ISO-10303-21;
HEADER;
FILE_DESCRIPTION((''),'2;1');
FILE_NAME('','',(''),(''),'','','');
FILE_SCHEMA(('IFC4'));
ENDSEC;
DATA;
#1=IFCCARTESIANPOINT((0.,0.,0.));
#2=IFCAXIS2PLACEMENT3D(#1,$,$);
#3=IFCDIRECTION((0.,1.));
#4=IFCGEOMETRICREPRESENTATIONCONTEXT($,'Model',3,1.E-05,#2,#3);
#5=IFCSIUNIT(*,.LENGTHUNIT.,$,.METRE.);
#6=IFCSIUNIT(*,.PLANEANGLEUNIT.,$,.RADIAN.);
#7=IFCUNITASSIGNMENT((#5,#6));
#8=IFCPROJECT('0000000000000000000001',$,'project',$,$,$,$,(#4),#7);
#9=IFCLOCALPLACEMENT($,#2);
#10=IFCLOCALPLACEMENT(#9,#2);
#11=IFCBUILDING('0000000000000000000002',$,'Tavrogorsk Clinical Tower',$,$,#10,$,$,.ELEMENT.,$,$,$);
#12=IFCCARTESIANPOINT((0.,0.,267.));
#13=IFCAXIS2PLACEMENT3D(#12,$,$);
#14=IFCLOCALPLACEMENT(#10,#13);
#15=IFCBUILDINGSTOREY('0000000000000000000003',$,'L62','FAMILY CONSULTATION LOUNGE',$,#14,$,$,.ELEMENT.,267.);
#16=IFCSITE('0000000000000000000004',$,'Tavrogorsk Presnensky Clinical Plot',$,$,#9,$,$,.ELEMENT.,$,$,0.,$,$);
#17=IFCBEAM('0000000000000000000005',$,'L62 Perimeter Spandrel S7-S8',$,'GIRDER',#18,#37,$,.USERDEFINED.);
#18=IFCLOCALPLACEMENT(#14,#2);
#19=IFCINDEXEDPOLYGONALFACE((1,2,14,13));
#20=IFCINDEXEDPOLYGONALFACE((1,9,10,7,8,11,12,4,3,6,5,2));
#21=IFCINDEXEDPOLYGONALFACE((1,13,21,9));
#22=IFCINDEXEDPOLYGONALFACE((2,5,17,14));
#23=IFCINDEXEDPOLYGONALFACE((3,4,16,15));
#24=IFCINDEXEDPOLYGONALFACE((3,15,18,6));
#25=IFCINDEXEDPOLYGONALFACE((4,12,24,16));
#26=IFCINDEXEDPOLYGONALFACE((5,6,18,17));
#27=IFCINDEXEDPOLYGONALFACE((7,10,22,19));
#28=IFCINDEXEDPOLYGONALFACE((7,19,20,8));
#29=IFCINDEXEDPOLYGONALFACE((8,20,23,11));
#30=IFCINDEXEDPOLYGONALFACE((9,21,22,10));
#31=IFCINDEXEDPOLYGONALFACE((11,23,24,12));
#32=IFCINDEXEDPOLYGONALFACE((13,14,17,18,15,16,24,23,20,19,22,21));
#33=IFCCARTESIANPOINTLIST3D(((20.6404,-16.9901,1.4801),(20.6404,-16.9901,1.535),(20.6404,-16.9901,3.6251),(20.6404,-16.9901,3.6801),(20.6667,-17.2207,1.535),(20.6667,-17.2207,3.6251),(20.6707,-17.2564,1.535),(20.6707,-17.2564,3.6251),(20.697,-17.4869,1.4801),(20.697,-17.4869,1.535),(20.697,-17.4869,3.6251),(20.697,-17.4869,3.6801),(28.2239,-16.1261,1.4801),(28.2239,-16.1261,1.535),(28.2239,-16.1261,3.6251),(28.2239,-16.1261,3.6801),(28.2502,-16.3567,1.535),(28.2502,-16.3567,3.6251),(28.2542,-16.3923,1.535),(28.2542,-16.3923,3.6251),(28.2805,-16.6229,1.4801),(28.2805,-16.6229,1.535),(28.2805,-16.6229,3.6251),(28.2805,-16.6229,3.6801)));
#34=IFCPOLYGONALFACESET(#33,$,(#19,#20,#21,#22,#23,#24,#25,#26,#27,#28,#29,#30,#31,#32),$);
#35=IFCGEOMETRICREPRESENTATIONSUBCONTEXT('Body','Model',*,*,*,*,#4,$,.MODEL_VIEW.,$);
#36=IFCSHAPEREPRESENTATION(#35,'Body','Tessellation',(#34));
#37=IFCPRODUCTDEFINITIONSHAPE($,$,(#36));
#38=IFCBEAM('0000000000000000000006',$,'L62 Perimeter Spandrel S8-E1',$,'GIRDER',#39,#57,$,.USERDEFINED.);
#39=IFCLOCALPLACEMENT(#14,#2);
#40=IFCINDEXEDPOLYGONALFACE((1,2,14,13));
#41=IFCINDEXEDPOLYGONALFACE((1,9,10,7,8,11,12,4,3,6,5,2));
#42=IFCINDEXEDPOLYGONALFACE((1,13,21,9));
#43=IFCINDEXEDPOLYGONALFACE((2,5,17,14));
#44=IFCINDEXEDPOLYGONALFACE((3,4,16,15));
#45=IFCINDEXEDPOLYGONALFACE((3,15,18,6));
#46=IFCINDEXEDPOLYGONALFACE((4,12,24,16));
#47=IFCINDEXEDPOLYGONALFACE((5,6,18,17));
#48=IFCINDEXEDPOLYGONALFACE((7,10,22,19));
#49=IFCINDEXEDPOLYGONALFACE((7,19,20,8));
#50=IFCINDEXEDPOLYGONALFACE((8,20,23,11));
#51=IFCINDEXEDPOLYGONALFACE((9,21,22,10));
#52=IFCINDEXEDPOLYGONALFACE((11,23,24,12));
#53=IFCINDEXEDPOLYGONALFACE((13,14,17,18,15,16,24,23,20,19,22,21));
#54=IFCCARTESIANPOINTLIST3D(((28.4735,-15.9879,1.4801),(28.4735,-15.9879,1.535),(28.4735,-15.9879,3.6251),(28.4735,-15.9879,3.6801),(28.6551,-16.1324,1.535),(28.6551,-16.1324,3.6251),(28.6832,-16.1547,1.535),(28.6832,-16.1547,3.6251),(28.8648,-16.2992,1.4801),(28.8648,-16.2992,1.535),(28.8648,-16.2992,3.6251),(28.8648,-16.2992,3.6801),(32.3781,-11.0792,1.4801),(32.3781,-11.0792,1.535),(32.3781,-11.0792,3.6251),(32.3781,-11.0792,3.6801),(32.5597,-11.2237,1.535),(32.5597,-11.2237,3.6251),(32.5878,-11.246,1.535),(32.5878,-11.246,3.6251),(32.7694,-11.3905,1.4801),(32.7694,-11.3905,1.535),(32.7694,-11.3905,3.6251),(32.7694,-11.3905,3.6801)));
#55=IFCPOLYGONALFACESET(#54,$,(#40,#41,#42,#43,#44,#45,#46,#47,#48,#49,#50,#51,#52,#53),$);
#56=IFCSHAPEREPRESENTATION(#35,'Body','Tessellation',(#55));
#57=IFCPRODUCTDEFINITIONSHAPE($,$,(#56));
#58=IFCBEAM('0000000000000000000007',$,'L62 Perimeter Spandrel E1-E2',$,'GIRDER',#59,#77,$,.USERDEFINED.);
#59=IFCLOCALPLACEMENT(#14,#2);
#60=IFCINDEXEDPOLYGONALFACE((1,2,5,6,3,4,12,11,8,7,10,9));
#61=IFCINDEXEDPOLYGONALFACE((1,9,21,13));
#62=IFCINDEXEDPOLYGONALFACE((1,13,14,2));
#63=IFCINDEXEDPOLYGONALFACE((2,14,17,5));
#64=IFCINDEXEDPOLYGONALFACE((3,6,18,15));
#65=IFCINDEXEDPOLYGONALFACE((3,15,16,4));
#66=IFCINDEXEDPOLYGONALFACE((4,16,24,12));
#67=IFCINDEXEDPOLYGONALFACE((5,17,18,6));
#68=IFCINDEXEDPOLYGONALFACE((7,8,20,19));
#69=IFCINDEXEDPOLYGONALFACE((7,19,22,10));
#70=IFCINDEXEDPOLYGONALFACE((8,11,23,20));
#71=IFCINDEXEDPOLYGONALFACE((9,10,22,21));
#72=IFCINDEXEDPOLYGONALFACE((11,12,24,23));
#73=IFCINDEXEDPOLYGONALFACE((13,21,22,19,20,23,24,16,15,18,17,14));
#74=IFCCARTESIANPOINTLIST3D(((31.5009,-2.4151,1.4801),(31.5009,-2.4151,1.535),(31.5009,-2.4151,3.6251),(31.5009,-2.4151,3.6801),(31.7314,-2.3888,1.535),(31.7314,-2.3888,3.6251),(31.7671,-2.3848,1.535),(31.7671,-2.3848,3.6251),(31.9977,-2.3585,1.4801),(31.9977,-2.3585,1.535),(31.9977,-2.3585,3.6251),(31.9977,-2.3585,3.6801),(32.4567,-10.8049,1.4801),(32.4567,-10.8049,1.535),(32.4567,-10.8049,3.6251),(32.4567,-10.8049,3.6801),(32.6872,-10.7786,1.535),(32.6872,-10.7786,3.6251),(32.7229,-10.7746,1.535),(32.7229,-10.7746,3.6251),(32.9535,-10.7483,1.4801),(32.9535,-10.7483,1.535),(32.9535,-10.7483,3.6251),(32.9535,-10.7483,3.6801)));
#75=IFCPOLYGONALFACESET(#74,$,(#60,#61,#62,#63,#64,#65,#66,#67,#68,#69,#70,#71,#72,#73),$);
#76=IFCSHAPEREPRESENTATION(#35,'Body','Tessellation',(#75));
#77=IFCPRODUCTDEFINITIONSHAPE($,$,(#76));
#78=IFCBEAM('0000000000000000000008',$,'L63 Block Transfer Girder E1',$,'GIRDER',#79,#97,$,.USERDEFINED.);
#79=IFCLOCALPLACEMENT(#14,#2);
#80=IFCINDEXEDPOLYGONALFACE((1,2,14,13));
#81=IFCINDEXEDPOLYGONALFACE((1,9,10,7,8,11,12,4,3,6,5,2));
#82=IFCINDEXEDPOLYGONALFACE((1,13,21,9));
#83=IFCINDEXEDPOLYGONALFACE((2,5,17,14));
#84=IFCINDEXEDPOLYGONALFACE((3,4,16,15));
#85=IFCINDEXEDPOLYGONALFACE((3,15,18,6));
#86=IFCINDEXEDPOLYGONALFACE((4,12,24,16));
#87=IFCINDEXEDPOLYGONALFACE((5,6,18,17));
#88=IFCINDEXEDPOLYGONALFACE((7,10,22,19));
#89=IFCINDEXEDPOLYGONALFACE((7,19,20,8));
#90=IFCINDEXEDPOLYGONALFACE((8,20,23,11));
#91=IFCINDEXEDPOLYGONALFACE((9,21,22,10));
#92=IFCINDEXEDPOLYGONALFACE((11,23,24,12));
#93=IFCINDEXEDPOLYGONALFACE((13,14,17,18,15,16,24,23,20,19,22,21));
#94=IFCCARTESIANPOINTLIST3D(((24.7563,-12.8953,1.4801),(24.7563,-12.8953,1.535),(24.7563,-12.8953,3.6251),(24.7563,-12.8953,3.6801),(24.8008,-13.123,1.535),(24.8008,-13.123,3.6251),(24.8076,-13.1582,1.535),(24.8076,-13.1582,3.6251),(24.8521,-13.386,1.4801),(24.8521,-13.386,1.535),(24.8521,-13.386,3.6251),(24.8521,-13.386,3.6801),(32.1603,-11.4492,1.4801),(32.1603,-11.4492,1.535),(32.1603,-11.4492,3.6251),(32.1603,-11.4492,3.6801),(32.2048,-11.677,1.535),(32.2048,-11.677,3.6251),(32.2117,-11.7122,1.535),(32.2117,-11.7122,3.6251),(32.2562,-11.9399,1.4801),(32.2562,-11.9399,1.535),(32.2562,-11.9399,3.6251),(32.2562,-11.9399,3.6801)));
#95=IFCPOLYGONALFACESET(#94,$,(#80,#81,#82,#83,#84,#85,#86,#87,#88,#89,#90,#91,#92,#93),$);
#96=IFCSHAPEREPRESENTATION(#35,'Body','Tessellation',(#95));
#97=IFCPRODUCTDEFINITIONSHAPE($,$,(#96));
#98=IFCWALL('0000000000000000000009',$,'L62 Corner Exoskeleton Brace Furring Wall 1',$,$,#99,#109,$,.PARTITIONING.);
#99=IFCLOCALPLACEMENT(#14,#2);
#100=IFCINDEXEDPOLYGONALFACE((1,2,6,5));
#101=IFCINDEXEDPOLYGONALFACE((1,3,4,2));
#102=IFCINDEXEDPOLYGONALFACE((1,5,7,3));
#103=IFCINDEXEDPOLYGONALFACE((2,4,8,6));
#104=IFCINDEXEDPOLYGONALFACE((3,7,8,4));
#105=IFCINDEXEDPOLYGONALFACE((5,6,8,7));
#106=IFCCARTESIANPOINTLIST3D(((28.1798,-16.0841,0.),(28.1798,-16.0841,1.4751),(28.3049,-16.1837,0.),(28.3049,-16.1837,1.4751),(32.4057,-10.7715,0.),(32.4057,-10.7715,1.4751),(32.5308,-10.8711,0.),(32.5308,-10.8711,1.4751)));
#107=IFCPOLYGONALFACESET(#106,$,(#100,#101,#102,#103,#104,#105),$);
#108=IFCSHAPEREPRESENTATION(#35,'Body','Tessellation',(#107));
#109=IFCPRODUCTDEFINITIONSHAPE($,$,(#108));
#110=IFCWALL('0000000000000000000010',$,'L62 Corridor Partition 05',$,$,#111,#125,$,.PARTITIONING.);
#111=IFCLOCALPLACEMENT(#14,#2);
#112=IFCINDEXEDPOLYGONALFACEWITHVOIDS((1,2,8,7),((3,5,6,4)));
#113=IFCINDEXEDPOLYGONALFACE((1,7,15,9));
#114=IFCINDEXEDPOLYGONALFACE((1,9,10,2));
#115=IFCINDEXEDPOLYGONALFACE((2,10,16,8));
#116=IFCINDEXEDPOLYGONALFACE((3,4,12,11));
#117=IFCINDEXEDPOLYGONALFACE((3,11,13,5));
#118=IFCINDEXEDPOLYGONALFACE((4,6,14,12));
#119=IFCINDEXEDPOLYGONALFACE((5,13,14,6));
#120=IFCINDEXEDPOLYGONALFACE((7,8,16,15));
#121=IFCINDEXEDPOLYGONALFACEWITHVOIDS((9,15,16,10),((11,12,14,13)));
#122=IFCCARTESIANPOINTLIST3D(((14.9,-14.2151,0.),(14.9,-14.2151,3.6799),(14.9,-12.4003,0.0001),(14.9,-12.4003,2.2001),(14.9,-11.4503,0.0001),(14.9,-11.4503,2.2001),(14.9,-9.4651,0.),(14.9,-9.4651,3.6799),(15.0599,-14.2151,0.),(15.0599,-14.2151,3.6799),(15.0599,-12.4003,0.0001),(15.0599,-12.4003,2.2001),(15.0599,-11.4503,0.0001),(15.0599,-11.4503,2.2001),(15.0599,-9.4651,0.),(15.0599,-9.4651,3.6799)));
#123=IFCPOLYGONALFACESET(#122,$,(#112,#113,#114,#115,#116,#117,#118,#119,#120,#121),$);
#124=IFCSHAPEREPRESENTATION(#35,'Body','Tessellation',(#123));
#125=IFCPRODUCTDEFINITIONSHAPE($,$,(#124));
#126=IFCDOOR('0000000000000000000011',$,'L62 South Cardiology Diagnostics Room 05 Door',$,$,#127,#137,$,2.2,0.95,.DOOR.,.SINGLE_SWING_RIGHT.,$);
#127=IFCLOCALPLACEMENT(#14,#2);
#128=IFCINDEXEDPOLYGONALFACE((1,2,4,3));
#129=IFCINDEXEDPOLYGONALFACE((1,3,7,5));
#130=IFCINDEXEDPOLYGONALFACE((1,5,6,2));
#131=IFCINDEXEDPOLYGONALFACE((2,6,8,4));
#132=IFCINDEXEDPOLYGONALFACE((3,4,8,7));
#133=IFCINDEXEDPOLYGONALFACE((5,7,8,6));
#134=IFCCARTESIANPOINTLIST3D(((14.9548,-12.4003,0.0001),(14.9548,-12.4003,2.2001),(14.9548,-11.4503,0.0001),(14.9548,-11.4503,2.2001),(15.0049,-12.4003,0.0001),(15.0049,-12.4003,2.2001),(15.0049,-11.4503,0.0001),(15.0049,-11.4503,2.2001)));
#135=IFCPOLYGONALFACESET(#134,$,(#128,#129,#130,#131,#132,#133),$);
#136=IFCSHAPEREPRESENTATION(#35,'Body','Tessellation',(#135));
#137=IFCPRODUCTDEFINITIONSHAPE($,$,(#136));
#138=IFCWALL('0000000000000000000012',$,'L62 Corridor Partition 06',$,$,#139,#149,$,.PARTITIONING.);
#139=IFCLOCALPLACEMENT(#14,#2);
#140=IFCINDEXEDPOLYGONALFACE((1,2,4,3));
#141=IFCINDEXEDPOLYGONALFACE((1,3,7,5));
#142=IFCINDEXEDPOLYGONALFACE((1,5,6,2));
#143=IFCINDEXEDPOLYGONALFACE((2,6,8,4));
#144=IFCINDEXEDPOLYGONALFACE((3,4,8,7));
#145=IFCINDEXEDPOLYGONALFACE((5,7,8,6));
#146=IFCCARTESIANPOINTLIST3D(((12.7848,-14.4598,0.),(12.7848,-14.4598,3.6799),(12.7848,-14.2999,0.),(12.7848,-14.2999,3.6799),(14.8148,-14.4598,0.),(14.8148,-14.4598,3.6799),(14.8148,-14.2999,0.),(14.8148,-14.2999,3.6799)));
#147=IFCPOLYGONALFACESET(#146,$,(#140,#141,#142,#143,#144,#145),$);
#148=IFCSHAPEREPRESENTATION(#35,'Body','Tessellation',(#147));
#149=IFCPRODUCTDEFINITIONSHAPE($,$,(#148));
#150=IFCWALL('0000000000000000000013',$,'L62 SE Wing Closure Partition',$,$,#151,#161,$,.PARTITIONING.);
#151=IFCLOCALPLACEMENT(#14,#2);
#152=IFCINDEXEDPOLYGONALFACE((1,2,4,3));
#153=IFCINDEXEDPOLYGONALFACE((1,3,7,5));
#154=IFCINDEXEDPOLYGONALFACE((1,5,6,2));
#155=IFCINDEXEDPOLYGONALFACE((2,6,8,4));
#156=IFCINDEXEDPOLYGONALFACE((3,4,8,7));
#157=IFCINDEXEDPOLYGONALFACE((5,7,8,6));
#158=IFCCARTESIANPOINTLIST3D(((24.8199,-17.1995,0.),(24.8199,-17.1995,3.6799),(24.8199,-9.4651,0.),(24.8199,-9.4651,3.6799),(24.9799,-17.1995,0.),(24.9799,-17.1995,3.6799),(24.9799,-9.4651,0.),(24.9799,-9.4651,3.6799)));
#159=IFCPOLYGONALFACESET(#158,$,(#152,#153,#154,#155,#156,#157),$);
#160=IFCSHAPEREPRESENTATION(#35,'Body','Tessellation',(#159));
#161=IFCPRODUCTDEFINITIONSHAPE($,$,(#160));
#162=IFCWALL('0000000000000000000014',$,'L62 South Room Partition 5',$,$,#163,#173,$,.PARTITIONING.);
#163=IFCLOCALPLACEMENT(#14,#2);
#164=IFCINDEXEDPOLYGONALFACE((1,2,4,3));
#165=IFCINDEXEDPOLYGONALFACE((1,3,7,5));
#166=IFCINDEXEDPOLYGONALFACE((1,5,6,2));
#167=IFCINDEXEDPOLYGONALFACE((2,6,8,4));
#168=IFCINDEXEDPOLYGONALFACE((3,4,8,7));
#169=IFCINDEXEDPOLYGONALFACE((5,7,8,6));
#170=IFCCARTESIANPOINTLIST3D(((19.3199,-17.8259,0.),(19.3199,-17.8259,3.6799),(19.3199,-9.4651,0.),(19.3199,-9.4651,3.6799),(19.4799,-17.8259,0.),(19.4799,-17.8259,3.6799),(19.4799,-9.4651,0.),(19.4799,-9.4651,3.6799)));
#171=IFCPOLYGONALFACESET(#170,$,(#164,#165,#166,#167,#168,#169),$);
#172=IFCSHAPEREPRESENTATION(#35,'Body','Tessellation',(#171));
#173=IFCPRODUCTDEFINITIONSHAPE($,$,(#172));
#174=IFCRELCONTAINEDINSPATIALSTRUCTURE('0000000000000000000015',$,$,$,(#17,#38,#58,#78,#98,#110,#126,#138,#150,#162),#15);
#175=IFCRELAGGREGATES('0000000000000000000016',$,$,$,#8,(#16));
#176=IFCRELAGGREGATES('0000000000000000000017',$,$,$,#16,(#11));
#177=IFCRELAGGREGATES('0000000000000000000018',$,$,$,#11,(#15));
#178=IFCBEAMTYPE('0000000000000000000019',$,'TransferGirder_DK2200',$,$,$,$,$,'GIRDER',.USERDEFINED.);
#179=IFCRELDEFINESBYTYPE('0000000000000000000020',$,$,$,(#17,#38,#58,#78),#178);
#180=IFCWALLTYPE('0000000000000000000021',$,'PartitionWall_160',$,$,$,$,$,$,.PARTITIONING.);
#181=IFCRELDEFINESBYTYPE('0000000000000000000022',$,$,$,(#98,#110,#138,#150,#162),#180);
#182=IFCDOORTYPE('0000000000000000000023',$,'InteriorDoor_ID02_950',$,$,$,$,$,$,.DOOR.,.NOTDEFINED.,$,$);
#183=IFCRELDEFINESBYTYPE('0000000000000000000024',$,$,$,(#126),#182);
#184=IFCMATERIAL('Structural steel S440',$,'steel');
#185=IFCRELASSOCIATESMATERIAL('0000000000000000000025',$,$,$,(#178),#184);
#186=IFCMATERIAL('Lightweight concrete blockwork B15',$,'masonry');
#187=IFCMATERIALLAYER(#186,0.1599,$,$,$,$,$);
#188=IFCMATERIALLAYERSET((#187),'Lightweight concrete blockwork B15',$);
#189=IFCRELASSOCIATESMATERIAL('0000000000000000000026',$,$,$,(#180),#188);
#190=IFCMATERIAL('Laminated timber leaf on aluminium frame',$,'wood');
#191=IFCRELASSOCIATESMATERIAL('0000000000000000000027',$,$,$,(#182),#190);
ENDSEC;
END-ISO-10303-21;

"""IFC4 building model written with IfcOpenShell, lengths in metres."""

from ifc_helpers import new_model, si_unit, direction, frame, frame_2d, origin, origin_2d, place, context, subcontext, project, spatial, rectangle, i_section, extrude, material, layer, layer_set, material_profile, profile_set, type_object, element, fill, save


model = new_model("IFC4")

# Units and contexts
model_context = context("Model", 3, precision=1e-05, world=origin(), true_north=direction((0.0, 1.0)))
body_context = subcontext(model_context, "Body", "Model", "MODEL_VIEW")
ifc_project = project(units=[si_unit("LENGTHUNIT", "METRE"), si_unit("PLANEANGLEUNIT", "RADIAN")], contexts=[model_context])

# Site, building, storey
site_placement = place(None, origin())
site = spatial("IfcSite", under=ifc_project, at=site_placement, Name="Tavrogorsk Presnensky Clinical Plot", CompositionType="ELEMENT", RefElevation=0.0)
building_placement = place(site_placement, origin())
building = spatial("IfcBuilding", under=site, at=building_placement, Name="Tavrogorsk Clinical Tower", CompositionType="ELEMENT")
storey_placement = place(building_placement, frame((0.0, 0.0, 267.0)))
storey = spatial("IfcBuildingStorey", under=building, at=storey_placement, Name="L62", Description="FAMILY CONSULTATION LOUNGE", CompositionType="ELEMENT", Elevation=267.0)

# Beams
ifc_material_1 = material(Name="Structural steel S440", Category="steel")
ifc_material_profile_1 = material_profile(ifc_material_1, i_section(OverallWidth=0.5, OverallDepth=2.2, WebThickness=0.0359, FlangeThickness=0.0549, at=origin_2d()), Name="DK-2200x500x36x55")
ifc_profile_set_1 = profile_set([ifc_material_profile_1], Name="Structural steel S440")
beam_type_1 = type_object("IfcBeamType", Name="TransferGirder_DK2200", ElementType="GIRDER", PredefinedType="USERDEFINED", material=ifc_profile_set_1)
beam_1_placement = place(storey_placement, frame((20.6687, -17.2385, 2.5801), z_axis=(0.993572, 0.113201, 0.0), x_axis=(-0.113201, 0.993572, 0.0)))
element("IfcBeam", 1, at=beam_1_placement, inside=storey, type_object=beam_type_1, Name="L62 Perimeter Spandrel S7-S8", ObjectType="GIRDER", PredefinedType="USERDEFINED", context=body_context, shape_type="SweptSolid", body=[
    extrude(i_section(OverallWidth=0.5, OverallDepth=2.2, WebThickness=0.0359, FlangeThickness=0.0549, at=origin_2d()), origin(), (0.0, 0.0, 1.0), 7.6326),
])
beam_2_placement = place(storey_placement, frame((28.6692, -16.1436, 2.5801), z_axis=(0.622514, 0.782609, 0.0), x_axis=(-0.782609, 0.622514, 0.0)))
element("IfcBeam", 2, at=beam_2_placement, inside=storey, type_object=beam_type_1, Name="L62 Perimeter Spandrel S8-E1", ObjectType="GIRDER", PredefinedType="USERDEFINED", context=body_context, shape_type="SweptSolid", body=[
    extrude(i_section(OverallWidth=0.5, OverallDepth=2.2, WebThickness=0.0359, FlangeThickness=0.0549, at=origin_2d()), origin(), (0.0, 0.0, 1.0), 6.2722),
])
beam_3_placement = place(storey_placement, frame((32.7051, -10.7766, 2.5801), z_axis=(-0.113192, 0.993573, 0.0), x_axis=(-0.993573, -0.113192, 0.0)))
element("IfcBeam", 3, at=beam_3_placement, inside=storey, type_object=beam_type_1, Name="L62 Perimeter Spandrel E1-E2", ObjectType="GIRDER", PredefinedType="USERDEFINED", context=body_context, shape_type="SweptSolid", body=[
    extrude(i_section(OverallWidth=0.5, OverallDepth=2.2, WebThickness=0.0359, FlangeThickness=0.0549, at=origin_2d()), origin(), (0.0, 0.0, 1.0), 8.4441),
])
beam_4_placement = place(storey_placement, frame((24.8042, -13.1406, 2.5801), z_axis=(0.981457, 0.191683, 0.0), x_axis=(-0.191683, 0.981457, 0.0)))
element("IfcBeam", 4, at=beam_4_placement, inside=storey, type_object=beam_type_1, Name="L63 Block Transfer Girder E1", ObjectType="GIRDER", PredefinedType="USERDEFINED", context=body_context, shape_type="SweptSolid", body=[
    extrude(i_section(OverallWidth=0.5, OverallDepth=2.2, WebThickness=0.0359, FlangeThickness=0.0549, at=origin_2d()), origin(), (0.0, 0.0, 1.0), 7.5439),
])

# Wall
ifc_material_2 = material(Name="Lightweight concrete blockwork B15", Category="masonry")
ifc_layer_1 = layer(ifc_material_2, 0.1599)
ifc_layer_set_1 = layer_set([ifc_layer_1], Name="Lightweight concrete blockwork B15")
wall_type_1 = type_object("IfcWallType", Name="PartitionWall_160", PredefinedType="PARTITIONING", material=ifc_layer_set_1)
wall_1_placement = place(storey_placement, frame((28.2424, -16.1338, 0.0), z_axis=(0.0, 0.0, 1.0), x_axis=(0.622522, 0.782603, 0.0)))
element("IfcWall", 5, at=wall_1_placement, inside=storey, type_object=wall_type_1, Name="L62 Corner Exoskeleton Brace Furring Wall 1", PredefinedType="PARTITIONING", context=body_context, shape_type="SweptSolid", body=[
    extrude(rectangle(XDim=6.7883, YDim=0.1599, at=frame_2d((3.394, 0.0))), origin(), (0.0, 0.0, 1.0), 1.4751),
])

# Wall, opening, door
wall_2_placement = place(storey_placement, frame((14.98, -9.4651, 0.0), z_axis=(0.0, 0.0, 1.0), x_axis=(0.0, -1.0, 0.0)))
wall_2 = element("IfcWall", 6, at=wall_2_placement, inside=storey, type_object=wall_type_1, Name="L62 Corridor Partition 05", PredefinedType="PARTITIONING", context=body_context, shape_type="SweptSolid", body=[
    extrude(rectangle(XDim=4.75, YDim=0.1599, at=frame_2d((2.375, 0.0))), origin(), (0.0, 0.0, 1.0), 3.6799),
])
opening_1_placement = place(wall_2_placement, frame((1.9851, 0.0, 0.0)))
opening_1 = element("IfcOpeningElement", 7, at=opening_1_placement, cuts=wall_2, PredefinedType="OPENING", context=body_context, shape_type="SweptSolid", body=[
    extrude(rectangle(XDim=0.95, YDim=2.2, at=frame_2d((0.4751, 1.1001))), frame((0.0, 0.0898, 0.0), z_axis=(0.0, -1.0, 0.0), x_axis=(1.0, 0.0, 0.0)), (0.0, 0.0, 1.0), 0.1799),
])
ifc_material_3 = material(Name="Laminated timber leaf on aluminium frame", Category="wood")
door_type = type_object("IfcDoorType", Name="InteriorDoor_ID02_950", OperationType="NOTDEFINED", PredefinedType="DOOR", material=ifc_material_3)
door_placement = place(opening_1_placement, origin())
door = element("IfcDoor", 8, at=door_placement, inside=storey, type_object=door_type, Name="L62 South Cardiology Diagnostics Room 05 Door", OperationType="SINGLE_SWING_RIGHT", OverallHeight=2.2, OverallWidth=0.95, PredefinedType="DOOR", context=body_context, shape_type="SweptSolid", body=[
    extrude(rectangle(XDim=0.95, YDim=2.2, at=frame_2d((0.4751, 1.1001))), frame((0.0, 0.0249, 0.0), z_axis=(0.0, -1.0, 0.0), x_axis=(1.0, 0.0, 0.0)), (0.0, 0.0, 1.0), 0.05),
])
fill(opening_1, door)

# Walls
wall_3_placement = place(storey_placement, frame((14.8149, -14.3799, 0.0), z_axis=(0.0, 0.0, 1.0), x_axis=(-1.0, 0.0, 0.0)))
element("IfcWall", 9, at=wall_3_placement, inside=storey, type_object=wall_type_1, Name="L62 Corridor Partition 06", PredefinedType="PARTITIONING", context=body_context, shape_type="SweptSolid", body=[
    extrude(rectangle(XDim=2.03, YDim=0.1599, at=frame_2d((1.0151, 0.0))), origin(), (0.0, 0.0, 1.0), 3.6799),
])
wall_4_placement = place(storey_placement, frame((24.8999, -17.1995, 0.0), z_axis=(0.0, 0.0, 1.0), x_axis=(0.0, 1.0, 0.0)))
element("IfcWall", 10, at=wall_4_placement, inside=storey, type_object=wall_type_1, Name="L62 SE Wing Closure Partition", PredefinedType="PARTITIONING", context=body_context, shape_type="SweptSolid", body=[
    extrude(rectangle(XDim=7.7344, YDim=0.1599, at=frame_2d((3.8672, 0.0))), origin(), (0.0, 0.0, 1.0), 3.6799),
])
wall_5_placement = place(storey_placement, frame((19.3999, -17.8259, 0.0), z_axis=(0.0, 0.0, 1.0), x_axis=(0.0, 1.0, 0.0)))
element("IfcWall", 11, at=wall_5_placement, inside=storey, type_object=wall_type_1, Name="L62 South Room Partition 5", PredefinedType="PARTITIONING", context=body_context, shape_type="SweptSolid", body=[
    extrude(rectangle(XDim=8.3608, YDim=0.1599, at=frame_2d((4.1804, 0.0))), origin(), (0.0, 0.0, 1.0), 3.6799),
])

save(model, "model.ifc")
